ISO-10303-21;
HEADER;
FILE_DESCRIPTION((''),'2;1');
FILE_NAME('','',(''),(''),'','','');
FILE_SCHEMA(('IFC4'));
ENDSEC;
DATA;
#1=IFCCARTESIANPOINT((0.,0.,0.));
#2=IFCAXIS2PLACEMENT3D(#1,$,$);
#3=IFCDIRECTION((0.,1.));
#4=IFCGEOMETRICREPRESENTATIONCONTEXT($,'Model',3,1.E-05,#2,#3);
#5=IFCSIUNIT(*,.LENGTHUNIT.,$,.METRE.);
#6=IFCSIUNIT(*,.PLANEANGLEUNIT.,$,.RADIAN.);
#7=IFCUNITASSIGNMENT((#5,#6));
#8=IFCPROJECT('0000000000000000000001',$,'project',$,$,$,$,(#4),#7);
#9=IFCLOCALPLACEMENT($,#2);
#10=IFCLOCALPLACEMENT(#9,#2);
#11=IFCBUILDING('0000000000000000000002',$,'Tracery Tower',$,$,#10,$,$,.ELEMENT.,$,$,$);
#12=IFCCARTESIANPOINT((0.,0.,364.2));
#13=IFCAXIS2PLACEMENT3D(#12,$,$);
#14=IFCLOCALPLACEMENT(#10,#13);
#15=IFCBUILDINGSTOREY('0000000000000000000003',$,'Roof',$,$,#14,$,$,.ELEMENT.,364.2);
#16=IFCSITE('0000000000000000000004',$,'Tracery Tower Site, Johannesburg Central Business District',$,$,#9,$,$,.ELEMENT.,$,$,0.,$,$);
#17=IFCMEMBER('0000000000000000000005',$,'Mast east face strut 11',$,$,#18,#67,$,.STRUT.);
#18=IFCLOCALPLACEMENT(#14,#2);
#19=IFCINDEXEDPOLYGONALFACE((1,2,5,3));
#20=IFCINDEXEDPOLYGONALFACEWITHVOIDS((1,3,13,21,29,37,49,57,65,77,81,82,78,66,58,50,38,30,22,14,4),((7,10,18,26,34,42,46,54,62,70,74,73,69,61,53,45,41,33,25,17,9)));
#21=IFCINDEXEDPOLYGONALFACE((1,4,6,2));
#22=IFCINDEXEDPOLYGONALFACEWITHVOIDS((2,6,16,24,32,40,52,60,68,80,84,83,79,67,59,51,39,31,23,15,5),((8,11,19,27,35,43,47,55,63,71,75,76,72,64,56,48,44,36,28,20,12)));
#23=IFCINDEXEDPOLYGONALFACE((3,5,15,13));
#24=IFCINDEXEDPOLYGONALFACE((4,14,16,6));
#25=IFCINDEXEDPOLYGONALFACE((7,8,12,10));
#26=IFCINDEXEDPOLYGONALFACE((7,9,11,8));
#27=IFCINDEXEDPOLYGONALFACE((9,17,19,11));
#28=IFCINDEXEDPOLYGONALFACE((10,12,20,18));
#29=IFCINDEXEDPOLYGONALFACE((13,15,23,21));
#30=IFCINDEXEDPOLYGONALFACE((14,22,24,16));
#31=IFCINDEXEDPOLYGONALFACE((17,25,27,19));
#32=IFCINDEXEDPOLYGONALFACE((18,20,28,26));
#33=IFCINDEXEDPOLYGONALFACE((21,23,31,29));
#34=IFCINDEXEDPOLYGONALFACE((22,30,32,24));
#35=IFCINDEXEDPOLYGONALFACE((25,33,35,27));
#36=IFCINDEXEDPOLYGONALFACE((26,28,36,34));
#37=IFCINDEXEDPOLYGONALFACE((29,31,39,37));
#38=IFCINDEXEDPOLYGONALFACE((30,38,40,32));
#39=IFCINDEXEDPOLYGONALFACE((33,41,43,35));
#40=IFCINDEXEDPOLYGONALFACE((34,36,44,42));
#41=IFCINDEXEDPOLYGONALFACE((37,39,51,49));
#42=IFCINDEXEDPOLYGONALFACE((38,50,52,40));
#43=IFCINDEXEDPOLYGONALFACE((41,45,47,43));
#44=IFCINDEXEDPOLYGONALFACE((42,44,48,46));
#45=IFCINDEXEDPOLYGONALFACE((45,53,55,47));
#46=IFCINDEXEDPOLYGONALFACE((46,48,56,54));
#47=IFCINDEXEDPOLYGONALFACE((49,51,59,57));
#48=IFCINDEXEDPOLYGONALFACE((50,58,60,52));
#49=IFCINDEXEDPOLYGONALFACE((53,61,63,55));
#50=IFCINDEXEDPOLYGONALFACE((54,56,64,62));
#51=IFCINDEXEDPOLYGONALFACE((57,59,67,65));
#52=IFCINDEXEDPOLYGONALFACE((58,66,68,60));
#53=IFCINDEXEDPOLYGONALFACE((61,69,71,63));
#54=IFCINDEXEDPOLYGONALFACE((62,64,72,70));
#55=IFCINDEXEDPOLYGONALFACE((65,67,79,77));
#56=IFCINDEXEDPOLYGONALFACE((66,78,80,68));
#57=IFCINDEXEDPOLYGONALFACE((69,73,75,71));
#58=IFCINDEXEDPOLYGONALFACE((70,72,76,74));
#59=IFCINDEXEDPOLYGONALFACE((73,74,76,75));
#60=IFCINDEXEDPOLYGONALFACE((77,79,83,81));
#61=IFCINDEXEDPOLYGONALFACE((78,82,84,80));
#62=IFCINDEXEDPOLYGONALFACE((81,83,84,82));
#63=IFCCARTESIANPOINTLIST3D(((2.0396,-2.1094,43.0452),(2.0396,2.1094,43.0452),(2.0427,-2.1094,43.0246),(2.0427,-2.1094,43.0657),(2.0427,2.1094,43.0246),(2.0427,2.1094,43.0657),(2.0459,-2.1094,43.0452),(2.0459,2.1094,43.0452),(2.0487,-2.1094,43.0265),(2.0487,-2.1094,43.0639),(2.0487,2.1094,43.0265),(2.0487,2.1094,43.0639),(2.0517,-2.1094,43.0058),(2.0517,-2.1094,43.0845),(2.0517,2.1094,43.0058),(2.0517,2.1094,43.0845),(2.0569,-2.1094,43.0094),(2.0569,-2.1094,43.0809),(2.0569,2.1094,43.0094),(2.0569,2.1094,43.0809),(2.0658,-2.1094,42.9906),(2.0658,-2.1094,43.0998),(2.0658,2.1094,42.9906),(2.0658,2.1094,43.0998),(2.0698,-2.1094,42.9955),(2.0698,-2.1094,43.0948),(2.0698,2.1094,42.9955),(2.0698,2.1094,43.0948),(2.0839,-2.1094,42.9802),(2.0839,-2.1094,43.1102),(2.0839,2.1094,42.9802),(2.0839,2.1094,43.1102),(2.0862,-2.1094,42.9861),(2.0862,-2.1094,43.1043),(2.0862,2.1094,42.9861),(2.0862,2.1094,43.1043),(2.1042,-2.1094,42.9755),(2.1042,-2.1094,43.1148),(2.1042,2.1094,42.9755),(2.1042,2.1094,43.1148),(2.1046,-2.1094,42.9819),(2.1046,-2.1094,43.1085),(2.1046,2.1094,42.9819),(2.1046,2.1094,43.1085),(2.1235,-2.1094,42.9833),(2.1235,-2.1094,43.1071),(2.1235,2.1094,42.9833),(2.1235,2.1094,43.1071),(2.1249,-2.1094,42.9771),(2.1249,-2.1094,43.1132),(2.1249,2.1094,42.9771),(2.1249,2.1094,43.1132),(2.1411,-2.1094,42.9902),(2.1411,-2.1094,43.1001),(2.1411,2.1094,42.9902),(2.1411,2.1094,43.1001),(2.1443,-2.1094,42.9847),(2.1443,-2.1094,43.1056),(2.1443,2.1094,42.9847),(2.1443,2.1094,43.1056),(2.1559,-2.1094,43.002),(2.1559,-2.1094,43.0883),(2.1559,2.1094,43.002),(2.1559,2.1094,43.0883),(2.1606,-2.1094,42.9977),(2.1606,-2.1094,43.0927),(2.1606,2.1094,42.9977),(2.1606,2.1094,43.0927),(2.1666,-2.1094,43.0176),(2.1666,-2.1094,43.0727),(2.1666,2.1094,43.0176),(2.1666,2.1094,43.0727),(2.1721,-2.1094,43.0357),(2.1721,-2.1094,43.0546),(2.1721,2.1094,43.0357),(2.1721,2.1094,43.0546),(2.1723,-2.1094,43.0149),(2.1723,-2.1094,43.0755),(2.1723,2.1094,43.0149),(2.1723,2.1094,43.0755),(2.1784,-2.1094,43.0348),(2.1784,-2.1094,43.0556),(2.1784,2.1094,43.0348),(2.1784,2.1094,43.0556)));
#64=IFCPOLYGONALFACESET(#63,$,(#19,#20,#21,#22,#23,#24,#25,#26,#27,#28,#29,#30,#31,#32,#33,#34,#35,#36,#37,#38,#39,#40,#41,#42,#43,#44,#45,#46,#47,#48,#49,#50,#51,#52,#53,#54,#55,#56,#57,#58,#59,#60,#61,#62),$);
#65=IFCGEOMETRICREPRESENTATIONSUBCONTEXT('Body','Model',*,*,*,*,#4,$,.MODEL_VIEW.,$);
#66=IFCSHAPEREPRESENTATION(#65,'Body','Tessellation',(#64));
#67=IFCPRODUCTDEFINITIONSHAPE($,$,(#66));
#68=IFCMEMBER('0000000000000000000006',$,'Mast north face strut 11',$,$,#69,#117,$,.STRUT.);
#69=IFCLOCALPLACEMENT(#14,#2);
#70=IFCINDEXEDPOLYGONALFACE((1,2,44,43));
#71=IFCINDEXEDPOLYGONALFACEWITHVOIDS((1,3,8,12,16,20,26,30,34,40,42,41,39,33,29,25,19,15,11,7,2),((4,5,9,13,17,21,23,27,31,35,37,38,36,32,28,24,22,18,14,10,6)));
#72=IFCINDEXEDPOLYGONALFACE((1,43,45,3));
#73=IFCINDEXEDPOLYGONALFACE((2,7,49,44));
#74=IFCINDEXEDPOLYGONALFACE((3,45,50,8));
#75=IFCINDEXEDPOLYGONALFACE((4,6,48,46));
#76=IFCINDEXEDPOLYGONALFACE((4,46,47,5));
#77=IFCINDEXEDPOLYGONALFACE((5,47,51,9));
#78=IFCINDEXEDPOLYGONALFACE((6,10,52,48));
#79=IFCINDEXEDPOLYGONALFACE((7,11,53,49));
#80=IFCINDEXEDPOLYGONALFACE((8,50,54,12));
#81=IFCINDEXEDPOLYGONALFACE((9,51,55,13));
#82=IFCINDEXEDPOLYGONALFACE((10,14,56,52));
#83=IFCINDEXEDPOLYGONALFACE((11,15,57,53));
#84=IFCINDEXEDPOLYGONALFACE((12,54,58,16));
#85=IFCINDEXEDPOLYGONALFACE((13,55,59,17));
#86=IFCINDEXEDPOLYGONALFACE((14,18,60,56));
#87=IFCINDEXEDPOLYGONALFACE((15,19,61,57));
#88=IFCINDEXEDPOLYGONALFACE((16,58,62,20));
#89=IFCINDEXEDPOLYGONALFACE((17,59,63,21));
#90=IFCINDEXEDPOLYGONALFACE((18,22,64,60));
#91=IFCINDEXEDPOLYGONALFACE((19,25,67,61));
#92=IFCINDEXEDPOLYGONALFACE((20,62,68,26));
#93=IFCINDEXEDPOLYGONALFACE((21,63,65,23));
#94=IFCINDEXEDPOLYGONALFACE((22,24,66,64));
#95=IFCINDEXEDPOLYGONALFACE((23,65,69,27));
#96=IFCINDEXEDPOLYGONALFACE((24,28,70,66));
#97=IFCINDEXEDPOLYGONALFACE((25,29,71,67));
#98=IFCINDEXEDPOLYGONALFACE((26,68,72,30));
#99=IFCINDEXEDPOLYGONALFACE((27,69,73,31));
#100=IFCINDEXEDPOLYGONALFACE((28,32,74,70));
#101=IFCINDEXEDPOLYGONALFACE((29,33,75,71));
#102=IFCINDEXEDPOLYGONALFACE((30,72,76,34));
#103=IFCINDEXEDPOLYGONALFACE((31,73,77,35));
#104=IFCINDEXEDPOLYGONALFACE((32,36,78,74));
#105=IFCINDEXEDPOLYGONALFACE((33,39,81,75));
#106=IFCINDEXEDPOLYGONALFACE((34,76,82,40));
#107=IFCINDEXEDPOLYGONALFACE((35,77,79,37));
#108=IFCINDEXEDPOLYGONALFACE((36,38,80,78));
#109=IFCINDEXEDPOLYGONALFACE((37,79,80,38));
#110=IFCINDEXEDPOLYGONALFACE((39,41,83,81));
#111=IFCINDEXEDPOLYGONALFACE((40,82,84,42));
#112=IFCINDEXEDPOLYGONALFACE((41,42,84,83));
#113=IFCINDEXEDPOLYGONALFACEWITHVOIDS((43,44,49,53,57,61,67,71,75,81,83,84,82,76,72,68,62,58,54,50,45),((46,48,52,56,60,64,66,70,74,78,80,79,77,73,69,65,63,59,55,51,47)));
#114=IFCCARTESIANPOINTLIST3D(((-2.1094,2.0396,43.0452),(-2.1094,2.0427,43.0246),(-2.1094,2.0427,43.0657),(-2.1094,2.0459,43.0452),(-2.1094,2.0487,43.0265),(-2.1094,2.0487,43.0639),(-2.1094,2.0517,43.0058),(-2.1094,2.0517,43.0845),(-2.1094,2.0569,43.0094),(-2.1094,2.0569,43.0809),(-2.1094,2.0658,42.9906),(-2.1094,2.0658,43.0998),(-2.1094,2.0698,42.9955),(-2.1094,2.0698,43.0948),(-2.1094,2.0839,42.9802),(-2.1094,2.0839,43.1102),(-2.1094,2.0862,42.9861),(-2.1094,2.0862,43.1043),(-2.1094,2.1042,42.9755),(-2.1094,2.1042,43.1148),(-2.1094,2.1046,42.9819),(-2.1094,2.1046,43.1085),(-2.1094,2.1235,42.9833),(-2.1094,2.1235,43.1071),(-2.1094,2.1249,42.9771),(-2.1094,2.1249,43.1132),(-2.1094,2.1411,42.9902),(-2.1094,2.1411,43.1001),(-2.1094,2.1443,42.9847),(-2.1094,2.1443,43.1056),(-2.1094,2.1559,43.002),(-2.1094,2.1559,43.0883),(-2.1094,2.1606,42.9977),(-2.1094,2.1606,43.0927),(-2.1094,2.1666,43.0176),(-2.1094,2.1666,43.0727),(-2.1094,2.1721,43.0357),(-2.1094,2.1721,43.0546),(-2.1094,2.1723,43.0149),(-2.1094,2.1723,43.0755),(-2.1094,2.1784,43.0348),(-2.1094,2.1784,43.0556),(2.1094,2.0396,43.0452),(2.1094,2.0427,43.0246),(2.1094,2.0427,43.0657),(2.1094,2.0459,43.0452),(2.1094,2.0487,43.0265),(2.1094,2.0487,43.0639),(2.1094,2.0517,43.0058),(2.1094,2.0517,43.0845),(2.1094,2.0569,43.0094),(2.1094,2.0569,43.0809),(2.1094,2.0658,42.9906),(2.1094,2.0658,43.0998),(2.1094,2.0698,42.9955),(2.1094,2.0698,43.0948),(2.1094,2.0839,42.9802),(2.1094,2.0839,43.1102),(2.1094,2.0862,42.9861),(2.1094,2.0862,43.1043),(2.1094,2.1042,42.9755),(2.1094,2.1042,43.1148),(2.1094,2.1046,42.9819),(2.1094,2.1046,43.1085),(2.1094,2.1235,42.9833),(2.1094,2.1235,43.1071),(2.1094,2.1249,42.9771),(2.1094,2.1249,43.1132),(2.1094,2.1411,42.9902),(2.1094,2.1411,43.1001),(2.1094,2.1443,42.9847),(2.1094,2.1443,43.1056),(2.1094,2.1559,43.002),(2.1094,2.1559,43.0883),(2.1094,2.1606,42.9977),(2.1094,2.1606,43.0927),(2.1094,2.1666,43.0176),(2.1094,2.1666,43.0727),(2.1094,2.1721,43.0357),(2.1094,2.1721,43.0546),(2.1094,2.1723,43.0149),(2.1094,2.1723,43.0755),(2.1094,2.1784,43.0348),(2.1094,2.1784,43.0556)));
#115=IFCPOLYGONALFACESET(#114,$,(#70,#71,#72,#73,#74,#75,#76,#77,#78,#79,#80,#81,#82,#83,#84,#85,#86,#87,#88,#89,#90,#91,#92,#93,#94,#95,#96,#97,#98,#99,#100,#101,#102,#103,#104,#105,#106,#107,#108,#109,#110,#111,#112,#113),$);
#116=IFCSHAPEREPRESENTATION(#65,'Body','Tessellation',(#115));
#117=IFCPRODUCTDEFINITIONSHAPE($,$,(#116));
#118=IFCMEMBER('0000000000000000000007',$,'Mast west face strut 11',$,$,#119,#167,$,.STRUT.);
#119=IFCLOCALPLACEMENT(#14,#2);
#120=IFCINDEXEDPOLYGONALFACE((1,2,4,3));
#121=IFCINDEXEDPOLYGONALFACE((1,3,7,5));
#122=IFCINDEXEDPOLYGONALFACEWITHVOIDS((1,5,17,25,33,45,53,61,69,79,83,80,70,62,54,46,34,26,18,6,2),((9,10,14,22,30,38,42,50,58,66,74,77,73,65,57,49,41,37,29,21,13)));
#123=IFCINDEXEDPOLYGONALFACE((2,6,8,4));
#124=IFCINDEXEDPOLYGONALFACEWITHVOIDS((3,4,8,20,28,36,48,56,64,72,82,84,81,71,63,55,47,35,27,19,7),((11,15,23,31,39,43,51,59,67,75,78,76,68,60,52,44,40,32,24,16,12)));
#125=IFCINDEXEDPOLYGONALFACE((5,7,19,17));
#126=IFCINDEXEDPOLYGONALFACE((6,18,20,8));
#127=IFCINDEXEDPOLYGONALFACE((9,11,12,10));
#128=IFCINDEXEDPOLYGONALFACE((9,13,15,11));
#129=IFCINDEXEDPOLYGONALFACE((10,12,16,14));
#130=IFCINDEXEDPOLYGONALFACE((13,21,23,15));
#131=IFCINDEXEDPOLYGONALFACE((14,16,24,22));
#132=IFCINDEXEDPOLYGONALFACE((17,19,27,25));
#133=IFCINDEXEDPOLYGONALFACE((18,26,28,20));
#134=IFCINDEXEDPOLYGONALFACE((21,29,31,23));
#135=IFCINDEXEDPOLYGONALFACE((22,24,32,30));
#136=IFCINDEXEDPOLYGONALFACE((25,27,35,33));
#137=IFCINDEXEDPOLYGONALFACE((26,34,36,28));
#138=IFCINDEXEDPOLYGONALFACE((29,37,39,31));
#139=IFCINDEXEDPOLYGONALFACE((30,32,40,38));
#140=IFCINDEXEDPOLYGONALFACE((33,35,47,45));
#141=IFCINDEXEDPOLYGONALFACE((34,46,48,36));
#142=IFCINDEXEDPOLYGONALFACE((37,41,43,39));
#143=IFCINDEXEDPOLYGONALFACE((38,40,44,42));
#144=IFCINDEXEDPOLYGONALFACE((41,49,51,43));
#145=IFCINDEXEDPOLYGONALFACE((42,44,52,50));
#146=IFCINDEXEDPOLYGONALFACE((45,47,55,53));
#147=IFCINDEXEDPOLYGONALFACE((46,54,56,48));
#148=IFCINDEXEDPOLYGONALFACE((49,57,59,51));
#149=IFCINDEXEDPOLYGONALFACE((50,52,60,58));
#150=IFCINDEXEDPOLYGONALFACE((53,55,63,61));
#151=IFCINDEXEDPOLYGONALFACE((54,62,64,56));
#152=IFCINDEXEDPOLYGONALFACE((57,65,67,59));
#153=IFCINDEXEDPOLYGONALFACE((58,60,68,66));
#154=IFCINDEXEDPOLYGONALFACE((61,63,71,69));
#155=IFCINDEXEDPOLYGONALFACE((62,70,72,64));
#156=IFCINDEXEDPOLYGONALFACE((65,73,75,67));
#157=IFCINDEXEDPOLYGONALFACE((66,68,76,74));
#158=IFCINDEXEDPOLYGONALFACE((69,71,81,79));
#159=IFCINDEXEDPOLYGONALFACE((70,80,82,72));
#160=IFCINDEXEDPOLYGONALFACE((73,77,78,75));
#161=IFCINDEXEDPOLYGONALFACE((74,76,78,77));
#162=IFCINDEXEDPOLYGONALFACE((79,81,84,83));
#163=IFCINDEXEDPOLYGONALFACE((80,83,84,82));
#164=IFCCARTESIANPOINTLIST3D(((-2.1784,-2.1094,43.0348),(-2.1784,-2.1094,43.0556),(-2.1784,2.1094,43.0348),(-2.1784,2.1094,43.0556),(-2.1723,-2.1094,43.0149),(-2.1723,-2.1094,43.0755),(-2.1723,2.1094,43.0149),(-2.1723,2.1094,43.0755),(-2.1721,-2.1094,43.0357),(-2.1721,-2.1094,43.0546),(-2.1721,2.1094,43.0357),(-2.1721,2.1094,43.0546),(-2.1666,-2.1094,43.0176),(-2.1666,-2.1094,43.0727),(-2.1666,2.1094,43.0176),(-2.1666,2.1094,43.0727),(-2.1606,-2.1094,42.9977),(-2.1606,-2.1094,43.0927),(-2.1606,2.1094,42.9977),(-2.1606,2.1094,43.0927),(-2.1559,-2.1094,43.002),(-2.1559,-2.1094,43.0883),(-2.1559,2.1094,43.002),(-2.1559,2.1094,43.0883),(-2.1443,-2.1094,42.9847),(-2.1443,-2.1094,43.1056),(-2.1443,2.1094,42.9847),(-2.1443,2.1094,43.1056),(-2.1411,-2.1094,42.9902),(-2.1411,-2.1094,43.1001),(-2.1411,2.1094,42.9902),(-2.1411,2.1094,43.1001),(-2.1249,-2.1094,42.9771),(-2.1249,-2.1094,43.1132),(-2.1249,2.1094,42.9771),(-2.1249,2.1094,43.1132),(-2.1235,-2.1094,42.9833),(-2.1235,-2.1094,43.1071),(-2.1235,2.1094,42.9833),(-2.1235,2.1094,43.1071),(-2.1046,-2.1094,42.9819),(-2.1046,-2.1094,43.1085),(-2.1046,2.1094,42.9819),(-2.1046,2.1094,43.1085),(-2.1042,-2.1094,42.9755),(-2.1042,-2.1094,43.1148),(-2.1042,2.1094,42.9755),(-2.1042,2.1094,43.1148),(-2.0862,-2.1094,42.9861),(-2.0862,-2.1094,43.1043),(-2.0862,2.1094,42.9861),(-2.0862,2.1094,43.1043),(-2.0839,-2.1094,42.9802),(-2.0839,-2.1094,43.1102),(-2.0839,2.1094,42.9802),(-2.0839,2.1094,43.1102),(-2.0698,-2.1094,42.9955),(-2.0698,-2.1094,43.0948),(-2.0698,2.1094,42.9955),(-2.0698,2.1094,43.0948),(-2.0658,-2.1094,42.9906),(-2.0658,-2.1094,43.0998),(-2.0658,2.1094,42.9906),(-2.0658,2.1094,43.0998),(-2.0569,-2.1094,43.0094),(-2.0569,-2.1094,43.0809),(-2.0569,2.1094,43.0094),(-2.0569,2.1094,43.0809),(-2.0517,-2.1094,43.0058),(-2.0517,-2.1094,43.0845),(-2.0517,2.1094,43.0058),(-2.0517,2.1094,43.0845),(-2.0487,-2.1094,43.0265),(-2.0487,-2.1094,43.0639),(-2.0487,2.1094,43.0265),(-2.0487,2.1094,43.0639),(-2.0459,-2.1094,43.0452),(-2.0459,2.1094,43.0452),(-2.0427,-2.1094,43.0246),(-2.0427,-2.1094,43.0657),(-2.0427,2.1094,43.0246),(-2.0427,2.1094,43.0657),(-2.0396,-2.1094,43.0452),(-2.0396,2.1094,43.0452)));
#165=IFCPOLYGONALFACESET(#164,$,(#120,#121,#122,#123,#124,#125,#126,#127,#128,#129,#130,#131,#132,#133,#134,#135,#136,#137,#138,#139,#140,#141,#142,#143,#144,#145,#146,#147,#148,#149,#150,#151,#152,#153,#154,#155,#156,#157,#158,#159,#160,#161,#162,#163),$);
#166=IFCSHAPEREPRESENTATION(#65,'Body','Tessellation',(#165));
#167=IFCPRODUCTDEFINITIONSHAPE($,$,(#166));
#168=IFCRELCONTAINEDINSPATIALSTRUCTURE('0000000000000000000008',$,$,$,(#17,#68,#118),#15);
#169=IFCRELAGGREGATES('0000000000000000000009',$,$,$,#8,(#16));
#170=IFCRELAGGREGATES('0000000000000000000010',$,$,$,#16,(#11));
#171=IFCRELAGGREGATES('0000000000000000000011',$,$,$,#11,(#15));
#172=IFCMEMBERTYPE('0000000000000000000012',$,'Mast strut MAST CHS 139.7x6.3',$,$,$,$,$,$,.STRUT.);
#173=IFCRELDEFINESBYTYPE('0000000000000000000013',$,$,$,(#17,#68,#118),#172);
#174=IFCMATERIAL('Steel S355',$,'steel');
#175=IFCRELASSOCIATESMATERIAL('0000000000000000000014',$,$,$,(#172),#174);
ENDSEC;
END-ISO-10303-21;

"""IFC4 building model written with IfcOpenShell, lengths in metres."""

from ifc_helpers import new_model, si_unit, direction, frame, origin, origin_2d, place, context, subcontext, project, spatial, hollow_circle, extrude, material, material_profile, profile_set, type_object, element, save


model = new_model("IFC4")

# Units and contexts
model_context = context("Model", 3, precision=1e-05, world=origin(), true_north=direction((0.0, 1.0)))
body_context = subcontext(model_context, "Body", "Model", "MODEL_VIEW")
ifc_project = project(units=[si_unit("LENGTHUNIT", "METRE"), si_unit("PLANEANGLEUNIT", "RADIAN")], contexts=[model_context])

# Site, building, storey
site_placement = place(None, origin())
site = spatial("IfcSite", under=ifc_project, at=site_placement, Name="Tracery Tower Site, Johannesburg Central Business District", CompositionType="ELEMENT", RefElevation=0.0)
building_placement = place(site_placement, origin())
building = spatial("IfcBuilding", under=site, at=building_placement, Name="Tracery Tower", CompositionType="ELEMENT")
storey_placement = place(building_placement, frame((0.0, 0.0, 364.2)))
storey = spatial("IfcBuildingStorey", under=building, at=storey_placement, Name="Roof", CompositionType="ELEMENT", Elevation=364.2)

# Members
ifc_material_1 = material(Name="Steel S355", Category="steel")
ifc_material_profile_1 = material_profile(ifc_material_1, hollow_circle(Radius=0.0698, WallThickness=0.0063, at=origin_2d()), Name="CHS 139.7x6.3")
ifc_profile_set_1 = profile_set([ifc_material_profile_1], Name="Steel S355")
member_type_1 = type_object("IfcMemberType", Name="Mast strut MAST CHS 139.7x6.3", PredefinedType="STRUT", material=ifc_profile_set_1)
for number, where, z_axis, x_axis, name in (
    (1, (2.1094, -2.1094, 43.0452), (0.0, 1.0, 0.0), (-1.0, 0.0, 0.0), "Mast east face strut 11"),
    (2, (2.1094, 2.1094, 43.0452), (-1.0, 0.0, 0.0), (0.0, -1.0, 0.0), "Mast north face strut 11"),
    (3, (-2.1094, 2.1094, 43.0452), (0.0, -1.0, 0.0), (1.0, 0.0, 0.0), "Mast west face strut 11"),
):
    element("IfcMember", number, at=place(storey_placement, frame(where, z_axis=z_axis, x_axis=x_axis)), inside=storey, type_object=member_type_1, Name=name, PredefinedType="STRUT", context=body_context, shape_type="SweptSolid", body=[
        extrude(hollow_circle(Radius=0.0698, WallThickness=0.0063, at=origin_2d()), origin(), (0.0, 0.0, 1.0), 4.2188),
    ])

save(model, "model.ifc")
